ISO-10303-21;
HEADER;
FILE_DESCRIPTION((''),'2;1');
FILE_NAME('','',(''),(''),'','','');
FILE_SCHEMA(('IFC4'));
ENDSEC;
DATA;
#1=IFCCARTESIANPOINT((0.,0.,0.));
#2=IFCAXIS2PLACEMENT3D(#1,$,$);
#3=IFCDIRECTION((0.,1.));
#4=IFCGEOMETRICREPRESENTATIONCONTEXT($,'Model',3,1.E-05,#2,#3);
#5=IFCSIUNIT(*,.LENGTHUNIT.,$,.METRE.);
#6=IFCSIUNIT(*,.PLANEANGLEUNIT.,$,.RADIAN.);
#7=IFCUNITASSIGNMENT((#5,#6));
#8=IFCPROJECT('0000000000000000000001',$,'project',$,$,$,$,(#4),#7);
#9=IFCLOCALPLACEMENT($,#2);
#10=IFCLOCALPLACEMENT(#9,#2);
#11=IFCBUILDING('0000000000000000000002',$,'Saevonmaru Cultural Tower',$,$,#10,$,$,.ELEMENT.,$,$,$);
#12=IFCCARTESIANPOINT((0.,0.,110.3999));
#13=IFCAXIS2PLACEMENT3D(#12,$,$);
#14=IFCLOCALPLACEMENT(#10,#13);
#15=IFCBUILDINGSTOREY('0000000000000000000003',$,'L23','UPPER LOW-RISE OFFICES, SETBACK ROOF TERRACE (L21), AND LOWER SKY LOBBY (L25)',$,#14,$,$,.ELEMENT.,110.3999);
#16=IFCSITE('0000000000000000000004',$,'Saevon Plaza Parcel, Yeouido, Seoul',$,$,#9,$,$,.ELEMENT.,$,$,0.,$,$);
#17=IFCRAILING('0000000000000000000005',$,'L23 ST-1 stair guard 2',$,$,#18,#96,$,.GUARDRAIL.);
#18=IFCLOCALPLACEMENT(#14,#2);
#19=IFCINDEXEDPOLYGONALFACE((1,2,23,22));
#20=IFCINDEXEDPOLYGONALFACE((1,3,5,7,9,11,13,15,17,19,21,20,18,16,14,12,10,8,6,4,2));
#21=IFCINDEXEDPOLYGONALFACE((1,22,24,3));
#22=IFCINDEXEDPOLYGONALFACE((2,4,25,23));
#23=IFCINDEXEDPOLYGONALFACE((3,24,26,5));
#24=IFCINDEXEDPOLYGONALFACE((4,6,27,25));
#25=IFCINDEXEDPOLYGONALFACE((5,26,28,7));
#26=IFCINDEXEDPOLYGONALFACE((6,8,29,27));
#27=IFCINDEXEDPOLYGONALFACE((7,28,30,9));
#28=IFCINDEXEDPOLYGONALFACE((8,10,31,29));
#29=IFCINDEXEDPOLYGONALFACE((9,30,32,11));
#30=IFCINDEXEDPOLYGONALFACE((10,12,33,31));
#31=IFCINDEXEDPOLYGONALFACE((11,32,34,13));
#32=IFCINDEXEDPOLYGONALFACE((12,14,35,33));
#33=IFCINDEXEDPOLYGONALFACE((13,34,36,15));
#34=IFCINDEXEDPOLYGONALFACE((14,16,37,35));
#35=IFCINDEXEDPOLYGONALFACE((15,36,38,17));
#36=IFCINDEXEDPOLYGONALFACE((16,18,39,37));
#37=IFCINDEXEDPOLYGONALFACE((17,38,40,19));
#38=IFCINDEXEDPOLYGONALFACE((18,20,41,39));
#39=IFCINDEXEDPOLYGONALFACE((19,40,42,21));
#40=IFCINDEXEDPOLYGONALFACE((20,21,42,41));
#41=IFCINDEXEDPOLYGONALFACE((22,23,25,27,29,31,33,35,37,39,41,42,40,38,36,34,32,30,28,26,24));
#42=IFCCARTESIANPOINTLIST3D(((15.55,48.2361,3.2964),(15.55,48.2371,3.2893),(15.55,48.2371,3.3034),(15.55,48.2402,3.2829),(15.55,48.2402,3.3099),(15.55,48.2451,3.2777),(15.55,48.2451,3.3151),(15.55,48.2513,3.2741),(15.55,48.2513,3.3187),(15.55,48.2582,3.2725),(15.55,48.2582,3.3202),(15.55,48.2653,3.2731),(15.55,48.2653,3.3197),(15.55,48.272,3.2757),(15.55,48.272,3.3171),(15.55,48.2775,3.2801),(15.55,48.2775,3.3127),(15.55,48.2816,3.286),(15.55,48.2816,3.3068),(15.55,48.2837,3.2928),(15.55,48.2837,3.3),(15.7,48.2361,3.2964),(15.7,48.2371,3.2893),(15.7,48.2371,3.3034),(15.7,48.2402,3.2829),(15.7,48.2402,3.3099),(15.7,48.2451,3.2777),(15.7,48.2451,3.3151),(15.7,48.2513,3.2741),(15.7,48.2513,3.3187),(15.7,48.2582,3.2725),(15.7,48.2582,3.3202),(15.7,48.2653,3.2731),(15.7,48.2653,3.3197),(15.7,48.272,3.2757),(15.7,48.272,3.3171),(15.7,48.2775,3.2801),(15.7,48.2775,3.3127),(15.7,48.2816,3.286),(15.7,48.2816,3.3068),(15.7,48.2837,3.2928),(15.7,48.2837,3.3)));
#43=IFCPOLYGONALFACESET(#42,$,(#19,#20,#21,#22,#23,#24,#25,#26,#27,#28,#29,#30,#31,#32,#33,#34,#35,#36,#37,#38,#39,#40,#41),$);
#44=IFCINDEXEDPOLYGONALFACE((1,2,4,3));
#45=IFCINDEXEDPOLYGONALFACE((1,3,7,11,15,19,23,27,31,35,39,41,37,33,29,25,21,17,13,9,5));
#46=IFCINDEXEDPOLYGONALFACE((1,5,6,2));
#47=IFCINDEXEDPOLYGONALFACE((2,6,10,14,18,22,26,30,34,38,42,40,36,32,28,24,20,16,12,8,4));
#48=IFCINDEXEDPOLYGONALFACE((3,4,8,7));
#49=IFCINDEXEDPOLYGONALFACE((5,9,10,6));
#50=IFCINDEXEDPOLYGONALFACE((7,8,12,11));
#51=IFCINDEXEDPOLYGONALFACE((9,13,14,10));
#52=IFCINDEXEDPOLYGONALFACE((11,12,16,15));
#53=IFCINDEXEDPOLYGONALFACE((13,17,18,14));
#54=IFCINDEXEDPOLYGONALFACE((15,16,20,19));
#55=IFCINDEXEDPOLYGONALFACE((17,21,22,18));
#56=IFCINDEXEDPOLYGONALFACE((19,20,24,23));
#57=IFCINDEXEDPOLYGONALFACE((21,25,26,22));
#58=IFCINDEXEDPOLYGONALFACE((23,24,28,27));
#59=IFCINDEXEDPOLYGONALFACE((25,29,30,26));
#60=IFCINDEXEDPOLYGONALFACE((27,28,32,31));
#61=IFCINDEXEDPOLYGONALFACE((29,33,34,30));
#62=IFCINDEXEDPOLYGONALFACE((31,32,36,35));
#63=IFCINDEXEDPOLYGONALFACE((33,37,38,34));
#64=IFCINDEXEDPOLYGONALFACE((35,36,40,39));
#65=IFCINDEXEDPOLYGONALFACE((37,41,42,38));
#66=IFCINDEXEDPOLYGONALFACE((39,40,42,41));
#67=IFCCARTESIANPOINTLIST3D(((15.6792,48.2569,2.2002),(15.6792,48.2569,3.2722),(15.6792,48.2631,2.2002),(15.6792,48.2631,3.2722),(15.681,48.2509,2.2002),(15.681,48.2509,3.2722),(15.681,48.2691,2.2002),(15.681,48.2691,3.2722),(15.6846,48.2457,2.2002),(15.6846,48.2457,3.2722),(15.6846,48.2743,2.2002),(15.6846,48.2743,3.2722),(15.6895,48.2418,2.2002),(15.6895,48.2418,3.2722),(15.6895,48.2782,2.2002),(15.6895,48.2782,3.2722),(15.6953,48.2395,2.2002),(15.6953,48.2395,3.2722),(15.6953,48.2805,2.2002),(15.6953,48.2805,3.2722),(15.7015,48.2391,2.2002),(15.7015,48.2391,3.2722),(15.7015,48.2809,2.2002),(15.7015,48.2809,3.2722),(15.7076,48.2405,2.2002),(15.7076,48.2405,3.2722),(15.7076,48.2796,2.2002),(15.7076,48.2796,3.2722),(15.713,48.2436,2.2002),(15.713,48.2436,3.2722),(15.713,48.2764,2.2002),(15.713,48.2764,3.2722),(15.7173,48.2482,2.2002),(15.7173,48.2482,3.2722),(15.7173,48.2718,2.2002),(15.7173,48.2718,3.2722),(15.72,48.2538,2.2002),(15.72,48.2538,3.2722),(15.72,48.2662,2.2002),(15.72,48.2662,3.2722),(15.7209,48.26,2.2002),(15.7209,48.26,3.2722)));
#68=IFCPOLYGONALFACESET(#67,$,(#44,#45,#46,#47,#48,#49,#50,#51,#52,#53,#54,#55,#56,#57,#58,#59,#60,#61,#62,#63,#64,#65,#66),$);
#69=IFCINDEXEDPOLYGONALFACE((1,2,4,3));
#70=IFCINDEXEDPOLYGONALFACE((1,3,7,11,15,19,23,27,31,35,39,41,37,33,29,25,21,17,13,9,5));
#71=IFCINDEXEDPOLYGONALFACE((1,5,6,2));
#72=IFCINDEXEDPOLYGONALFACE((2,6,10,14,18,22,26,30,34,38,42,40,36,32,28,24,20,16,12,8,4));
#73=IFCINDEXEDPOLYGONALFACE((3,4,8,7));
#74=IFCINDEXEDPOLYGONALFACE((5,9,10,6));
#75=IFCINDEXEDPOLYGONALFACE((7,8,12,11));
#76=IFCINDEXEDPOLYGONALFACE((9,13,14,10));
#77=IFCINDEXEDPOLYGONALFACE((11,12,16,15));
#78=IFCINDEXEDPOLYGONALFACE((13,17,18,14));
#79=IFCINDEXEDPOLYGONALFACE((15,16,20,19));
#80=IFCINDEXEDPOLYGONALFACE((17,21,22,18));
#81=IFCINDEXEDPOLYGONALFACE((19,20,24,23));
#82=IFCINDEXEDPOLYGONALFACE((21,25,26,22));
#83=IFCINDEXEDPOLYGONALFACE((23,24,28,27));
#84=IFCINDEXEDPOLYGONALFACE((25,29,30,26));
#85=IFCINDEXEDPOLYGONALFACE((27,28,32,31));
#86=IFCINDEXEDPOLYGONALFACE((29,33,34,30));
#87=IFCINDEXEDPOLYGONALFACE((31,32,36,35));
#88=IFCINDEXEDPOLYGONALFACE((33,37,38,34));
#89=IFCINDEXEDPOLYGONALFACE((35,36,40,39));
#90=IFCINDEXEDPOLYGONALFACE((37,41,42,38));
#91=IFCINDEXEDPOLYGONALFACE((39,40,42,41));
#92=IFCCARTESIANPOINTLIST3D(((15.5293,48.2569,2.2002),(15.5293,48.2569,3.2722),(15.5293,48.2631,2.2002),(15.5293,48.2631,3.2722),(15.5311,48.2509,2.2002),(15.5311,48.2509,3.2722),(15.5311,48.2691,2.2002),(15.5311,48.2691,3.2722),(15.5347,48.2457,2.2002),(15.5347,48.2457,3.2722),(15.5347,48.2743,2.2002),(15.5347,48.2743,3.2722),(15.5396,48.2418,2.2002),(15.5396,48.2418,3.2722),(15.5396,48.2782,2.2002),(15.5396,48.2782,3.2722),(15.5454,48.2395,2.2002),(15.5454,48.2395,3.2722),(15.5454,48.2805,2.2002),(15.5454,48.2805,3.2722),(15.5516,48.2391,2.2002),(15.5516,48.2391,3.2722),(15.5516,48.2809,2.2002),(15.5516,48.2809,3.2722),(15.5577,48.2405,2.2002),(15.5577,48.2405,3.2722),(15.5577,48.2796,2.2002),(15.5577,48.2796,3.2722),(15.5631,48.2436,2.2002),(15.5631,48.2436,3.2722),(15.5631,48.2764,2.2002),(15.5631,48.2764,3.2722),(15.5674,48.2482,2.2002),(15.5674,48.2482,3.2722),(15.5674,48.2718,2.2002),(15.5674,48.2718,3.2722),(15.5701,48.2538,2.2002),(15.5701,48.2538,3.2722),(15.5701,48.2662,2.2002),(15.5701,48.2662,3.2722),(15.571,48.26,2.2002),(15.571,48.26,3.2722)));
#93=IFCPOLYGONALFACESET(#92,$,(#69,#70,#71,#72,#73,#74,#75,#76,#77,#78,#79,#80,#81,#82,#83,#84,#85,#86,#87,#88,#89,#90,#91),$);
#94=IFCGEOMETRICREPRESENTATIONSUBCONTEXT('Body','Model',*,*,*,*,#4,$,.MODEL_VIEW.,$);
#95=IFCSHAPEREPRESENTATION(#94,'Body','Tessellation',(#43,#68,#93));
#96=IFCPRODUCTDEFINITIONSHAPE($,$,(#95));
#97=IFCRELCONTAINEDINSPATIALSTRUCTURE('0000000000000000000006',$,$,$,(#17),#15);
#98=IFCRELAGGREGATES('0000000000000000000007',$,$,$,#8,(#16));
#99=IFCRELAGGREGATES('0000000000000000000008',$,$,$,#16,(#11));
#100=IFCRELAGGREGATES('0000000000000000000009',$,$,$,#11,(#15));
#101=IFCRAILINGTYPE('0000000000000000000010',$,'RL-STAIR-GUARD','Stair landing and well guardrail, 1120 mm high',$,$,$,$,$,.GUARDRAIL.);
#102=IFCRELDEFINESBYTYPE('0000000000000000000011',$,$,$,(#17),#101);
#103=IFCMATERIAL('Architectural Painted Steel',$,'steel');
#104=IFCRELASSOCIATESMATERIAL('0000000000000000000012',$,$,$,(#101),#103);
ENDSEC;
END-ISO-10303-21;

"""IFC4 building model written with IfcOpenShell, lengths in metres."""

from ifc_helpers import new_model, si_unit, direction, frame, origin, origin_2d, place, context, subcontext, project, spatial, circle, extrude, material, type_object, element, save


model = new_model("IFC4")

# Units and contexts
model_context = context("Model", 3, precision=1e-05, world=origin(), true_north=direction((0.0, 1.0)))
body_context = subcontext(model_context, "Body", "Model", "MODEL_VIEW")
ifc_project = project(units=[si_unit("LENGTHUNIT", "METRE"), si_unit("PLANEANGLEUNIT", "RADIAN")], contexts=[model_context])

# Site, building, storey
site_placement = place(None, origin())
site = spatial("IfcSite", under=ifc_project, at=site_placement, Name="Saevon Plaza Parcel, Yeouido, Seoul", CompositionType="ELEMENT", RefElevation=0.0)
building_placement = place(site_placement, origin())
building = spatial("IfcBuilding", under=site, at=building_placement, Name="Saevonmaru Cultural Tower", CompositionType="ELEMENT")
storey_placement = place(building_placement, frame((0.0, 0.0, 110.3999)))
storey = spatial("IfcBuildingStorey", under=building, at=storey_placement, Name="L23", Description="UPPER LOW-RISE OFFICES, SETBACK ROOF TERRACE (L21), AND LOWER SKY LOBBY (L25)", CompositionType="ELEMENT", Elevation=110.3999)

# Railing
ifc_material_1 = material(Name="Architectural Painted Steel", Category="steel")
railing_type_1 = type_object("IfcRailingType", Name="RL-STAIR-GUARD", Description="Stair landing and well guardrail, 1120 mm high", PredefinedType="GUARDRAIL", material=ifc_material_1)
railing_1_placement = place(storey_placement, frame((15.7, 48.26, 2.2002)))
element("IfcRailing", 1, at=railing_1_placement, inside=storey, type_object=railing_type_1, Name="L23 ST-1 stair guard 2", PredefinedType="GUARDRAIL", context=body_context, shape_type="SweptSolid", body=[
    extrude(circle(Radius=0.0239, at=origin_2d()), frame((0.0, 0.0, 1.0962), z_axis=(-1.0, 0.0, 0.0), x_axis=(0.0, -1.0, 0.0)), (0.0, 0.0, 1.0), 0.1499),
    extrude(circle(Radius=0.021, at=origin_2d()), origin(), (0.0, 0.0, 1.0), 1.072),
    extrude(circle(Radius=0.021, at=origin_2d()), frame((-0.1499, 0.0, 0.0)), (0.0, 0.0, 1.0), 1.072),
])

save(model, "model.ifc")
